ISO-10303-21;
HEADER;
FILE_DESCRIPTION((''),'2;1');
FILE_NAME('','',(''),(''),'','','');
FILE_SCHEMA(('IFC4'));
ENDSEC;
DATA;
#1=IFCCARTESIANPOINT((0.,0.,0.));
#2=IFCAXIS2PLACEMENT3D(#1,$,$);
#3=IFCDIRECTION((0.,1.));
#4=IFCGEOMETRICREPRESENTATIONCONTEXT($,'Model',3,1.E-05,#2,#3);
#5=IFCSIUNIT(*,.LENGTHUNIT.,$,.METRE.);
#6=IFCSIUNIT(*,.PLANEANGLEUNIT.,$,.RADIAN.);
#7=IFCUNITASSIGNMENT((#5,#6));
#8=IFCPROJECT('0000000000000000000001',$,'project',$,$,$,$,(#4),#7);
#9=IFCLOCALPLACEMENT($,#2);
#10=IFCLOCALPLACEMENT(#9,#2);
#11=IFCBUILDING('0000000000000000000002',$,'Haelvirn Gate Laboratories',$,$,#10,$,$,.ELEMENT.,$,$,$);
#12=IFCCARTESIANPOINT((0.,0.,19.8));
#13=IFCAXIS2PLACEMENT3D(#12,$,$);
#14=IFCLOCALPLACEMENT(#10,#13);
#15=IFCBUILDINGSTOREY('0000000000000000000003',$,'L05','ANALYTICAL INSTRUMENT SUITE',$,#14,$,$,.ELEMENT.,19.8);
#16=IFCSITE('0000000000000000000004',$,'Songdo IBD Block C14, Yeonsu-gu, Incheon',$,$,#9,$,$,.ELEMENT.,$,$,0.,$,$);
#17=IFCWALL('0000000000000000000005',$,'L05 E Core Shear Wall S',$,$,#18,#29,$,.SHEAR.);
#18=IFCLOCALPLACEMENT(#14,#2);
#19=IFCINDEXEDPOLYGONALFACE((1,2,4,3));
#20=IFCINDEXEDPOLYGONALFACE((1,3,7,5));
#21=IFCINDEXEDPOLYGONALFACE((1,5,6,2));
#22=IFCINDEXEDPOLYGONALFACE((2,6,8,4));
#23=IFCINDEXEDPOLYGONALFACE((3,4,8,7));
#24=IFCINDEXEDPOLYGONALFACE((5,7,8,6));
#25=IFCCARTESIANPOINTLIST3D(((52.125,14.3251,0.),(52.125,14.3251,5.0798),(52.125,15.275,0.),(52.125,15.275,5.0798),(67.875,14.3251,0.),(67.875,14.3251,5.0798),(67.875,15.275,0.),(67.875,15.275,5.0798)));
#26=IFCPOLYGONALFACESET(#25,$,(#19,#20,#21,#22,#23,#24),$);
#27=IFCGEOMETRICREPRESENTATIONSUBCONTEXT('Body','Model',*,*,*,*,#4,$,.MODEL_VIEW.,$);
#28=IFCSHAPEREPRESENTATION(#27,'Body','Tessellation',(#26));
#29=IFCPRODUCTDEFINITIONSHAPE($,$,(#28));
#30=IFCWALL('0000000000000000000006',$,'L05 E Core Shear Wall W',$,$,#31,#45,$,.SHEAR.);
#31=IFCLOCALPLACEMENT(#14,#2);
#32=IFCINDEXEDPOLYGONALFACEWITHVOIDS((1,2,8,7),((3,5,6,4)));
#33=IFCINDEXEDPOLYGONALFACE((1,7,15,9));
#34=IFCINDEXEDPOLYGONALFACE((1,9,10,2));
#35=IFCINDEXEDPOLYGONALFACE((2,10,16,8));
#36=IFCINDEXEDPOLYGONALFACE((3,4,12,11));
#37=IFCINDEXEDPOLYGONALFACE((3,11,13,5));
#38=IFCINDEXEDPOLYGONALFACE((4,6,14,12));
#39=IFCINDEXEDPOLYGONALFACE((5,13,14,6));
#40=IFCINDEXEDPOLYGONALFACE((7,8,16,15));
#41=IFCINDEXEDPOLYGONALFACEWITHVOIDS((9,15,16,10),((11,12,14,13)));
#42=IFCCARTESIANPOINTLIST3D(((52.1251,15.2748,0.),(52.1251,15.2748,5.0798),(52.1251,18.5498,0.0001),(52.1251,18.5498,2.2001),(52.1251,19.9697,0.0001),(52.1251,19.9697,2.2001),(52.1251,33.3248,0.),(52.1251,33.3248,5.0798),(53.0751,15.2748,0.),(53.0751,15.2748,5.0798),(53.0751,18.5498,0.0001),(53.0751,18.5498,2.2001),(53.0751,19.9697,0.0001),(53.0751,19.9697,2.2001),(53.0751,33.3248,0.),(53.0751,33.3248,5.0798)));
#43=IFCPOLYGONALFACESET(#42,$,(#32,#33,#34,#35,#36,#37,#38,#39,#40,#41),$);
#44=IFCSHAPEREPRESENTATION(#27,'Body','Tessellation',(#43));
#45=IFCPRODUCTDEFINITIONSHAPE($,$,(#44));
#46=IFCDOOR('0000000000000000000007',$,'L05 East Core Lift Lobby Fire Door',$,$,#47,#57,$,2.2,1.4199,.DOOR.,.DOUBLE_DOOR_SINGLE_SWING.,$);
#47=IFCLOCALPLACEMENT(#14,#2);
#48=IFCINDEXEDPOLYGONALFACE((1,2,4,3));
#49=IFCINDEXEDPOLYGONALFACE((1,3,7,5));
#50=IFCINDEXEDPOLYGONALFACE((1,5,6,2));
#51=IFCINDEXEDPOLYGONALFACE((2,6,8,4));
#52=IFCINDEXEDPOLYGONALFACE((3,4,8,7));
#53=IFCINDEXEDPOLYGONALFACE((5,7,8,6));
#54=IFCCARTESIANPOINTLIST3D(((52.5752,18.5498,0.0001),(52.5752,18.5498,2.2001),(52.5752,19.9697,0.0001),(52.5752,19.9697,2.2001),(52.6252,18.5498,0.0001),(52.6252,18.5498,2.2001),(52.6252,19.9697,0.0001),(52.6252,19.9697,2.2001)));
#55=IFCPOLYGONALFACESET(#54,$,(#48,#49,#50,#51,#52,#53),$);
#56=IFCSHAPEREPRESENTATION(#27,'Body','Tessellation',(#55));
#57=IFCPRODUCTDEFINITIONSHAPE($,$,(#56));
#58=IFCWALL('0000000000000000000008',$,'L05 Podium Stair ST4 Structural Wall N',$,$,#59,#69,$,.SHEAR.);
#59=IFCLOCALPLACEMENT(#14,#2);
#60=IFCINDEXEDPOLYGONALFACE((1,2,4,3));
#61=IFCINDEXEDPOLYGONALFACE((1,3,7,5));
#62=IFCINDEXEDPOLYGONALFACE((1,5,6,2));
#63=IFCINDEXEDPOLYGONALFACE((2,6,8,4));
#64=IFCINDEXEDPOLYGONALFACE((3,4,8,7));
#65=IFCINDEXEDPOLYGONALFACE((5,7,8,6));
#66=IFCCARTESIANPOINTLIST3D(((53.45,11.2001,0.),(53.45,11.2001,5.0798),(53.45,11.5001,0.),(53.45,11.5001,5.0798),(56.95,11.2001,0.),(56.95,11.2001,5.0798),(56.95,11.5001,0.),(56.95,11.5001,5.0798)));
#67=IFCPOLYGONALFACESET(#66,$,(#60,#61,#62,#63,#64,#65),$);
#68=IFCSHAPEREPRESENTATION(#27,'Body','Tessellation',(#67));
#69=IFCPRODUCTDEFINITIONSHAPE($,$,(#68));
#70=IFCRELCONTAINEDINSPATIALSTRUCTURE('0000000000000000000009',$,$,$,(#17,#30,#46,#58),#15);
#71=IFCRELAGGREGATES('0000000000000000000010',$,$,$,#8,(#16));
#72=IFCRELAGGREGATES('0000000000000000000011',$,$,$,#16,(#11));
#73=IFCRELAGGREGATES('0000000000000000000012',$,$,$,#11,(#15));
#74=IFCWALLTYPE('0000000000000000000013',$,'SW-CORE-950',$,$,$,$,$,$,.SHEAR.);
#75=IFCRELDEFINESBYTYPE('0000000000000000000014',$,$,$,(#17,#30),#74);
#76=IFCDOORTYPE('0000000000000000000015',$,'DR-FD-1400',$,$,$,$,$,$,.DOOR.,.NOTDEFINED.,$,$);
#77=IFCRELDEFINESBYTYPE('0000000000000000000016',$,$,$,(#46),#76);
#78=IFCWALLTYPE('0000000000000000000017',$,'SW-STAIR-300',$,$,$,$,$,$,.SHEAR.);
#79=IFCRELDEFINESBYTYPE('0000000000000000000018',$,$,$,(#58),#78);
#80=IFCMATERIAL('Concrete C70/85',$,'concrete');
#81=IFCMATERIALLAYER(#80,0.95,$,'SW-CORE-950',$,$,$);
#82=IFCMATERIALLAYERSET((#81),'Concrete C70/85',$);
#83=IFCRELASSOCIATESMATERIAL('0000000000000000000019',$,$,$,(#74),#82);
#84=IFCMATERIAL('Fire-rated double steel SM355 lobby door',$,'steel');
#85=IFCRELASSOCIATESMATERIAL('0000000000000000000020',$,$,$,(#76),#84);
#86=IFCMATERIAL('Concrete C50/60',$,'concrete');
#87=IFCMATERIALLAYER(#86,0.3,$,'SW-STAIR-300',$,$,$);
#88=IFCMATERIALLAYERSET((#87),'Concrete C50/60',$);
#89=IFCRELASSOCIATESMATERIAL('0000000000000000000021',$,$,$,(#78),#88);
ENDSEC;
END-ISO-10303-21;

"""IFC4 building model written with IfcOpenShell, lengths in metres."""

from ifc_helpers import new_model, si_unit, direction, frame, frame_2d, origin, place, context, subcontext, project, spatial, rectangle, extrude, source, transform, mapped, material, layer, layer_set, type_object, type_shapes, element, fill, save


model = new_model("IFC4")

# Units and contexts
model_context = context("Model", 3, precision=1e-05, world=origin(), true_north=direction((0.0, 1.0)))
body_context = subcontext(model_context, "Body", "Model", "MODEL_VIEW")
ifc_project = project(units=[si_unit("LENGTHUNIT", "METRE"), si_unit("PLANEANGLEUNIT", "RADIAN")], contexts=[model_context])

# Site, building, storey
site_placement = place(None, origin())
site = spatial("IfcSite", under=ifc_project, at=site_placement, Name="Songdo IBD Block C14, Yeonsu-gu, Incheon", CompositionType="ELEMENT", RefElevation=0.0)
building_placement = place(site_placement, origin())
building = spatial("IfcBuilding", under=site, at=building_placement, Name="Haelvirn Gate Laboratories", CompositionType="ELEMENT")
storey_placement = place(building_placement, frame((0.0, 0.0, 19.8)))
storey = spatial("IfcBuildingStorey", under=building, at=storey_placement, Name="L05", Description="ANALYTICAL INSTRUMENT SUITE", CompositionType="ELEMENT", Elevation=19.8)

# Shared definitions
ifc_material_1 = material(Name="Concrete C70/85", Category="concrete")

# Wall
ifc_layer_1 = layer(ifc_material_1, 0.95, Name="SW-CORE-950")
ifc_layer_set_1 = layer_set([ifc_layer_1], Name="Concrete C70/85")
wall_type_1 = type_object("IfcWallType", Name="SW-CORE-950", PredefinedType="SHEAR", material=ifc_layer_set_1)
wall_1_placement = place(storey_placement, frame((52.125, 14.8, 0.0), z_axis=(0.0, 0.0, 1.0), x_axis=(1.0, 0.0, 0.0)))
element("IfcWall", 1, at=wall_1_placement, inside=storey, type_object=wall_type_1, Name="L05 E Core Shear Wall S", PredefinedType="SHEAR", context=body_context, shape_type="SweptSolid", body=[
    extrude(rectangle(XDim=15.75, YDim=0.95, at=frame_2d((7.875, 0.0))), origin(), (0.0, 0.0, 1.0), 5.0798),
])

# Wall, opening, door
wall_2_placement = place(storey_placement, frame((52.6001, 15.2749, 0.0), z_axis=(0.0, 0.0, 1.0), x_axis=(0.0, 1.0, 0.0)))
wall_2 = element("IfcWall", 2, at=wall_2_placement, inside=storey, type_object=wall_type_1, Name="L05 E Core Shear Wall W", PredefinedType="SHEAR", context=body_context, shape_type="SweptSolid", body=[
    extrude(rectangle(XDim=18.05, YDim=0.95, at=frame_2d((9.0249, 0.0))), origin(), (0.0, 0.0, 1.0), 5.0798),
])
opening_1_placement = place(wall_2_placement, frame((3.2749, 0.0, 0.0)))
opening_1 = element("IfcOpeningElement", 3, at=opening_1_placement, cuts=wall_2, PredefinedType="OPENING", context=body_context, shape_type="SweptSolid", body=[
    extrude(rectangle(XDim=1.4199, YDim=2.2, at=frame_2d((0.71, 1.1001))), frame((0.0, 0.4849, 0.0), z_axis=(0.0, -1.0, 0.0), x_axis=(1.0, 0.0, 0.0)), (0.0, 0.0, 1.0), 0.97),
])
ifc_material_2 = material(Name="Fire-rated double steel SM355 lobby door", Category="steel")
door_type_1 = type_object("IfcDoorType", Name="DR-FD-1400", OperationType="NOTDEFINED", PredefinedType="DOOR", material=ifc_material_2)
shared_shape_1 = source(origin(), body_context, "Body", "SweptSolid", [
    extrude(rectangle(XDim=1.4199, YDim=2.2, at=frame_2d((0.71, 1.1001))), frame((0.0, 0.0249, 0.0), z_axis=(0.0, -1.0, 0.0), x_axis=(1.0, 0.0, 0.0)), (0.0, 0.0, 1.0), 0.05),
])
type_shapes(door_type_1, [shared_shape_1])
door_1_placement = place(opening_1_placement, origin())
door_1 = element("IfcDoor", 4, at=door_1_placement, inside=storey, type_object=door_type_1, Name="L05 East Core Lift Lobby Fire Door", OperationType="DOUBLE_DOOR_SINGLE_SWING", OverallHeight=2.2, OverallWidth=1.4199, PredefinedType="DOOR", context=body_context, shape_type="MappedRepresentation", body=[
    mapped(shared_shape_1, transform((0.0, 0.0, 0.0), scale=1.0)),
])
fill(opening_1, door_1)

# Wall
ifc_material_3 = material(Name="Concrete C50/60", Category="concrete")
ifc_layer_2 = layer(ifc_material_3, 0.3, Name="SW-STAIR-300")
ifc_layer_set_2 = layer_set([ifc_layer_2], Name="Concrete C50/60")
wall_type_2 = type_object("IfcWallType", Name="SW-STAIR-300", PredefinedType="SHEAR", material=ifc_layer_set_2)
wall_3_placement = place(storey_placement, frame((53.45, 11.3501, 0.0), z_axis=(0.0, 0.0, 1.0), x_axis=(1.0, 0.0, 0.0)))
element("IfcWall", 5, at=wall_3_placement, inside=storey, type_object=wall_type_2, Name="L05 Podium Stair ST4 Structural Wall N", PredefinedType="SHEAR", context=body_context, shape_type="SweptSolid", body=[
    extrude(rectangle(XDim=3.5, YDim=0.3, at=frame_2d((1.75, 0.0))), origin(), (0.0, 0.0, 1.0), 5.0798),
])

save(model, "model.ifc")
